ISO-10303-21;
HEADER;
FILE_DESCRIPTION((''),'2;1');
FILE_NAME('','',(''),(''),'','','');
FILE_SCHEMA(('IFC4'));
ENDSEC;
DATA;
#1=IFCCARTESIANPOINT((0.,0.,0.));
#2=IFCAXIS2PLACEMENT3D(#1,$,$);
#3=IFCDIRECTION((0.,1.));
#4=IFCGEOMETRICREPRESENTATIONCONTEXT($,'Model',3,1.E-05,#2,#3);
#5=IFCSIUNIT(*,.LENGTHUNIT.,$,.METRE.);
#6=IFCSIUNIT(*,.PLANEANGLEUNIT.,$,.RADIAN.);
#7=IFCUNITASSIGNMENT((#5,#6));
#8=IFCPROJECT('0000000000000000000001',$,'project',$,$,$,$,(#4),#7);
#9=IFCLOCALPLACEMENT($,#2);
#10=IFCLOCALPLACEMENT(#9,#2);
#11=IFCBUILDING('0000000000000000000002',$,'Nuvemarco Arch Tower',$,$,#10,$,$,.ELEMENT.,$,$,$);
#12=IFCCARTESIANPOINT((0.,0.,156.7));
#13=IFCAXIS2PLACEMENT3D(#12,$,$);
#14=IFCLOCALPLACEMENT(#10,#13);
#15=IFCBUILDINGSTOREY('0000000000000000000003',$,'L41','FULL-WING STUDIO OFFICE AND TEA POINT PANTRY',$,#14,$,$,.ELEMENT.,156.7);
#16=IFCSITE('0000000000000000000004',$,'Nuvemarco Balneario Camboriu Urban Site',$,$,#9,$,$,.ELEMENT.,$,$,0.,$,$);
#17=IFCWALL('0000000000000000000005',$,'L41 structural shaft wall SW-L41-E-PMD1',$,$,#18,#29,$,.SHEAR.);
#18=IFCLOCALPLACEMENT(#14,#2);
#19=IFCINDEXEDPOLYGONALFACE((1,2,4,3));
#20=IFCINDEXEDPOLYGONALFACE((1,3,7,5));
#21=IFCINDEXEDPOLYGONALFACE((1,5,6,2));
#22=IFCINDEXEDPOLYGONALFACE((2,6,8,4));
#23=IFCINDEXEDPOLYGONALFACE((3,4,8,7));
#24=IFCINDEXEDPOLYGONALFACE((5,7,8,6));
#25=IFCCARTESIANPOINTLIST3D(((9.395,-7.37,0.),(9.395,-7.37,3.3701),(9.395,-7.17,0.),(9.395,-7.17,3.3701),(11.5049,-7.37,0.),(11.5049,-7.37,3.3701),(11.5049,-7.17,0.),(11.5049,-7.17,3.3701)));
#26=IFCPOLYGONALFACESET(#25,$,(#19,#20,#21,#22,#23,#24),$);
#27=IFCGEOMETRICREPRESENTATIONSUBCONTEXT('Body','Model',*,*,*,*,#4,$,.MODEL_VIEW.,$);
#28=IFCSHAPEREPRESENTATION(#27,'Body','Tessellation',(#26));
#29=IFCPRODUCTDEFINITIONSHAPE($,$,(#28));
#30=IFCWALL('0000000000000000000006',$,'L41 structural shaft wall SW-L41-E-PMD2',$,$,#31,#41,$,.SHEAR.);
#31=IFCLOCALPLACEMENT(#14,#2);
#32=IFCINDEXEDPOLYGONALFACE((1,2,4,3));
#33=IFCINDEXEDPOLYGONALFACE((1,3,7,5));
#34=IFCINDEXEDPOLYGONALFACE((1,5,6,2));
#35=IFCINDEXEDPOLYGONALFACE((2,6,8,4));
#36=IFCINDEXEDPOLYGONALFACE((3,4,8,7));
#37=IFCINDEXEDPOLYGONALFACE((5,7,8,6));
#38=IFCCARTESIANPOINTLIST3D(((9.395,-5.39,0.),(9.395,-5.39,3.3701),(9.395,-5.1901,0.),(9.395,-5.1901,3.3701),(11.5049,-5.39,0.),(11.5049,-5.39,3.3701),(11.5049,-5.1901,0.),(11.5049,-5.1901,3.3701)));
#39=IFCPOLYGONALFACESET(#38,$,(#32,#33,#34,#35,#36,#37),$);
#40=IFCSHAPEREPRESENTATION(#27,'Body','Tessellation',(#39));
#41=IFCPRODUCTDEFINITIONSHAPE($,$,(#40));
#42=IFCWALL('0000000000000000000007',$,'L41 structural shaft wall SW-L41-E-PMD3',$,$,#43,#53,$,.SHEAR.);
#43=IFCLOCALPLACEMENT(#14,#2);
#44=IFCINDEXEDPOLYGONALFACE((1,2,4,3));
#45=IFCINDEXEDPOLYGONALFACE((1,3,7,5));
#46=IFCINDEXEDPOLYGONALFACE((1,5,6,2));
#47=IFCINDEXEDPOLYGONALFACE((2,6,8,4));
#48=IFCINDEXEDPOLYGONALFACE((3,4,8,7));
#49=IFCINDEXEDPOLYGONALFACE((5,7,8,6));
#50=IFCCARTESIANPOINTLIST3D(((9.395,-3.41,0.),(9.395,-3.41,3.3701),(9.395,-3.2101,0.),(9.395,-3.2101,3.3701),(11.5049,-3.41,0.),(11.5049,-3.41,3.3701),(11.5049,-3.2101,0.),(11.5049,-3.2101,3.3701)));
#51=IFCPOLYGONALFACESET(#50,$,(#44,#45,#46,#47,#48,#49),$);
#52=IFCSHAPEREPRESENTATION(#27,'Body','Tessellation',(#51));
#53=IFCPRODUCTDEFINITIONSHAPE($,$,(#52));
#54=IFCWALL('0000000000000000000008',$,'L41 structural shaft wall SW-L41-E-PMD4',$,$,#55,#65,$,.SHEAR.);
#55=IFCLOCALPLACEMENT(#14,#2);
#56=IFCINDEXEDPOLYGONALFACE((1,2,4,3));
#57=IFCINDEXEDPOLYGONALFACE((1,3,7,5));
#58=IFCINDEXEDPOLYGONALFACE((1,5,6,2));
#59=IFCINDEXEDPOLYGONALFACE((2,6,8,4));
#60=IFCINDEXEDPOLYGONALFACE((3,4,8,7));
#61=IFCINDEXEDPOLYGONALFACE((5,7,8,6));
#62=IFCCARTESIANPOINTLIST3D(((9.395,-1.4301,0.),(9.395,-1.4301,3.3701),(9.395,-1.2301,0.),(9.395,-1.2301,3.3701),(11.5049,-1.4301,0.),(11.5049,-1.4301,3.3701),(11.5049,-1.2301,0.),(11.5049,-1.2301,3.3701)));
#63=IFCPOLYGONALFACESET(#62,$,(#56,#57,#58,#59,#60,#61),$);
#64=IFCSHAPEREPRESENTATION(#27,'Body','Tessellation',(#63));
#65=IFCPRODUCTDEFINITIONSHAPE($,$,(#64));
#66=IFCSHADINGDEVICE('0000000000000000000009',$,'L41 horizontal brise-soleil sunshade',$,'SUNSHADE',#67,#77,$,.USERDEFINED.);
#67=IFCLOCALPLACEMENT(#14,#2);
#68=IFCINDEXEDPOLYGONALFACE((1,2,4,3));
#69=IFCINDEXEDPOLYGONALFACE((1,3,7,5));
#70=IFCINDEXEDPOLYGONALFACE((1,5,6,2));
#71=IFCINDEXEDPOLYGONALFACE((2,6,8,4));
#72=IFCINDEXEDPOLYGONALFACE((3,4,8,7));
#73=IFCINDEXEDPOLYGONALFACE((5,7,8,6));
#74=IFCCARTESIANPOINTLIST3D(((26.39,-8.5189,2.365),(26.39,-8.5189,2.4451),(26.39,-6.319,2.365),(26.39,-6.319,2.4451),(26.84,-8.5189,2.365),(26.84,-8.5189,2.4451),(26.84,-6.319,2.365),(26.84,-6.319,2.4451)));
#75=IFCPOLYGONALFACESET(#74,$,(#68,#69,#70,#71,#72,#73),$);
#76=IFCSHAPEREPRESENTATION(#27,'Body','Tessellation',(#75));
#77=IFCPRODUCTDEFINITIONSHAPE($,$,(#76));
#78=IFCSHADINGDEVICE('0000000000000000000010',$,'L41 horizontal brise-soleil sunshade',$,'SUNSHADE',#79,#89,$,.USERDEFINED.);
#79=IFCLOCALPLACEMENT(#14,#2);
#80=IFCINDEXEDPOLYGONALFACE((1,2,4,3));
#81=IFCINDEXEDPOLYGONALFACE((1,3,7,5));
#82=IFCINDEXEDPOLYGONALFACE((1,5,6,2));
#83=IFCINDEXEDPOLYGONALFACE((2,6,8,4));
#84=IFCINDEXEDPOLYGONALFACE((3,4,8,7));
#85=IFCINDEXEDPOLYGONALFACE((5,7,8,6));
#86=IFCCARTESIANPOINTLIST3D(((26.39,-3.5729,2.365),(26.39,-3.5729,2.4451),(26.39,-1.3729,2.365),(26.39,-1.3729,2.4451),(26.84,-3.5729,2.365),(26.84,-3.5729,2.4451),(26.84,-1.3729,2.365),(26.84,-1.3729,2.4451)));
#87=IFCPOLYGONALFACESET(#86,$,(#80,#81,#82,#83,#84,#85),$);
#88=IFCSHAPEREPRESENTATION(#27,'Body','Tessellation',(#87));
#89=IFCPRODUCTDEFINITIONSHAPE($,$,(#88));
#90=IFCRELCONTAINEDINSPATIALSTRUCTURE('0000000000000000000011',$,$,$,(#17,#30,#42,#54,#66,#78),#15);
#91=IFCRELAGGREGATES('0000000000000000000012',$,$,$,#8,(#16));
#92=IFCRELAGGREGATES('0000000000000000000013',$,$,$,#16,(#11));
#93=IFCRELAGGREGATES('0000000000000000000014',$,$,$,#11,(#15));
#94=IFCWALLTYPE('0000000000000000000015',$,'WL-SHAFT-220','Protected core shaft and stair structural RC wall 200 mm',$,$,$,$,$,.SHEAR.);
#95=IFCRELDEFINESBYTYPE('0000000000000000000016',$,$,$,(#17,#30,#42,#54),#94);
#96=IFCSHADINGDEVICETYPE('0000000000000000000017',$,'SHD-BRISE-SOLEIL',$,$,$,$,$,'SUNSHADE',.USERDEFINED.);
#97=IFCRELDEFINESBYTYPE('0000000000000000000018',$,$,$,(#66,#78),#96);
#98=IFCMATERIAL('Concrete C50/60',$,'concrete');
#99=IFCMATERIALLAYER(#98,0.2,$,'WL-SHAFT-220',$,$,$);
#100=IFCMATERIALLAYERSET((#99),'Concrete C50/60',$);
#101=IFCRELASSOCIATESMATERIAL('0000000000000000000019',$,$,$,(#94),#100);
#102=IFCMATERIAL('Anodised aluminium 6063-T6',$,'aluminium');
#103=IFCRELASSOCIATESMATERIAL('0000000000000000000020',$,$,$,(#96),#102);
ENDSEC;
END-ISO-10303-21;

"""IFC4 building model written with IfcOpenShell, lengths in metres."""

from ifc_helpers import new_model, si_unit, direction, frame, frame_2d, origin, origin_2d, place, context, subcontext, project, spatial, rectangle, extrude, source, transform, mapped, material, layer, layer_set, type_object, type_shapes, element, save


model = new_model("IFC4")

# Units and contexts
model_context = context("Model", 3, precision=1e-05, world=origin(), true_north=direction((0.0, 1.0)))
body_context = subcontext(model_context, "Body", "Model", "MODEL_VIEW")
ifc_project = project(units=[si_unit("LENGTHUNIT", "METRE"), si_unit("PLANEANGLEUNIT", "RADIAN")], contexts=[model_context])

# Site, building, storey
site_placement = place(None, origin())
site = spatial("IfcSite", under=ifc_project, at=site_placement, Name="Nuvemarco Balneario Camboriu Urban Site", CompositionType="ELEMENT", RefElevation=0.0)
building_placement = place(site_placement, origin())
building = spatial("IfcBuilding", under=site, at=building_placement, Name="Nuvemarco Arch Tower", CompositionType="ELEMENT")
storey_placement = place(building_placement, frame((0.0, 0.0, 156.7)))
storey = spatial("IfcBuildingStorey", under=building, at=storey_placement, Name="L41", Description="FULL-WING STUDIO OFFICE AND TEA POINT PANTRY", CompositionType="ELEMENT", Elevation=156.7)

# Shared definitions
ifc_material_1 = material(Name="Concrete C50/60", Category="concrete")

# Shared definitions
ifc_layer_1 = layer(ifc_material_1, 0.2, Name="WL-SHAFT-220")
ifc_layer_set_1 = layer_set([ifc_layer_1], Name="Concrete C50/60")
wall_type_1 = type_object("IfcWallType", Name="WL-SHAFT-220", Description="Protected core shaft and stair structural RC wall 200 mm", PredefinedType="SHEAR", material=ifc_layer_set_1)

# Walls
for number, where, z_axis, x_axis, name in (
    (1, (9.395, -7.27, 0.0), (0.0, 0.0, 1.0), (1.0, 0.0, 0.0), "L41 structural shaft wall SW-L41-E-PMD1"),
    (2, (9.395, -5.29, 0.0), (0.0, 0.0, 1.0), (1.0, 0.0, 0.0), "L41 structural shaft wall SW-L41-E-PMD2"),
    (3, (9.395, -3.3101, 0.0), (0.0, 0.0, 1.0), (1.0, 0.0, 0.0), "L41 structural shaft wall SW-L41-E-PMD3"),
    (4, (9.395, -1.3301, 0.0), (0.0, 0.0, 1.0), (1.0, 0.0, 0.0), "L41 structural shaft wall SW-L41-E-PMD4"),
):
    element("IfcWall", number, at=place(storey_placement, frame(where, z_axis=z_axis, x_axis=x_axis)), inside=storey, type_object=wall_type_1, Name=name, PredefinedType="SHEAR", context=body_context, shape_type="SweptSolid", body=[
        extrude(rectangle(XDim=2.1099, YDim=0.2, at=frame_2d((1.0549, 0.0))), origin(), (0.0, 0.0, 1.0), 3.3701),
    ])

# Shading devices
ifc_material_2 = material(Name="Anodised aluminium 6063-T6", Category="aluminium")
shading_device_type = type_object("IfcShadingDeviceType", Name="SHD-BRISE-SOLEIL", ElementType="SUNSHADE", PredefinedType="USERDEFINED", material=ifc_material_2)
shared_shape_1 = source(origin(), body_context, "Body", "SweptSolid", [
    extrude(rectangle(XDim=2.2, YDim=0.45, at=origin_2d()), origin(), (0.0, 0.0, 1.0), 0.0801),
])
type_shapes(shading_device_type, [shared_shape_1])
for number, where, z_axis, x_axis, name in (
    (5, (26.615, -7.4189, 2.365), (0.0, 0.0, 1.0), (0.0, 1.0, 0.0), "L41 horizontal brise-soleil sunshade"),
    (6, (26.615, -2.4729, 2.365), (0.0, 0.0, 1.0), (0.0, 1.0, 0.0), "L41 horizontal brise-soleil sunshade"),
):
    element("IfcShadingDevice", number, at=place(storey_placement, frame(where, z_axis=z_axis, x_axis=x_axis)), inside=storey, type_object=shading_device_type, Name=name, ObjectType="SUNSHADE", PredefinedType="USERDEFINED", context=body_context, shape_type="MappedRepresentation", body=[
        mapped(shared_shape_1, transform((0.0, 0.0, 0.0), scale=1.0)),
    ])

save(model, "model.ifc")
